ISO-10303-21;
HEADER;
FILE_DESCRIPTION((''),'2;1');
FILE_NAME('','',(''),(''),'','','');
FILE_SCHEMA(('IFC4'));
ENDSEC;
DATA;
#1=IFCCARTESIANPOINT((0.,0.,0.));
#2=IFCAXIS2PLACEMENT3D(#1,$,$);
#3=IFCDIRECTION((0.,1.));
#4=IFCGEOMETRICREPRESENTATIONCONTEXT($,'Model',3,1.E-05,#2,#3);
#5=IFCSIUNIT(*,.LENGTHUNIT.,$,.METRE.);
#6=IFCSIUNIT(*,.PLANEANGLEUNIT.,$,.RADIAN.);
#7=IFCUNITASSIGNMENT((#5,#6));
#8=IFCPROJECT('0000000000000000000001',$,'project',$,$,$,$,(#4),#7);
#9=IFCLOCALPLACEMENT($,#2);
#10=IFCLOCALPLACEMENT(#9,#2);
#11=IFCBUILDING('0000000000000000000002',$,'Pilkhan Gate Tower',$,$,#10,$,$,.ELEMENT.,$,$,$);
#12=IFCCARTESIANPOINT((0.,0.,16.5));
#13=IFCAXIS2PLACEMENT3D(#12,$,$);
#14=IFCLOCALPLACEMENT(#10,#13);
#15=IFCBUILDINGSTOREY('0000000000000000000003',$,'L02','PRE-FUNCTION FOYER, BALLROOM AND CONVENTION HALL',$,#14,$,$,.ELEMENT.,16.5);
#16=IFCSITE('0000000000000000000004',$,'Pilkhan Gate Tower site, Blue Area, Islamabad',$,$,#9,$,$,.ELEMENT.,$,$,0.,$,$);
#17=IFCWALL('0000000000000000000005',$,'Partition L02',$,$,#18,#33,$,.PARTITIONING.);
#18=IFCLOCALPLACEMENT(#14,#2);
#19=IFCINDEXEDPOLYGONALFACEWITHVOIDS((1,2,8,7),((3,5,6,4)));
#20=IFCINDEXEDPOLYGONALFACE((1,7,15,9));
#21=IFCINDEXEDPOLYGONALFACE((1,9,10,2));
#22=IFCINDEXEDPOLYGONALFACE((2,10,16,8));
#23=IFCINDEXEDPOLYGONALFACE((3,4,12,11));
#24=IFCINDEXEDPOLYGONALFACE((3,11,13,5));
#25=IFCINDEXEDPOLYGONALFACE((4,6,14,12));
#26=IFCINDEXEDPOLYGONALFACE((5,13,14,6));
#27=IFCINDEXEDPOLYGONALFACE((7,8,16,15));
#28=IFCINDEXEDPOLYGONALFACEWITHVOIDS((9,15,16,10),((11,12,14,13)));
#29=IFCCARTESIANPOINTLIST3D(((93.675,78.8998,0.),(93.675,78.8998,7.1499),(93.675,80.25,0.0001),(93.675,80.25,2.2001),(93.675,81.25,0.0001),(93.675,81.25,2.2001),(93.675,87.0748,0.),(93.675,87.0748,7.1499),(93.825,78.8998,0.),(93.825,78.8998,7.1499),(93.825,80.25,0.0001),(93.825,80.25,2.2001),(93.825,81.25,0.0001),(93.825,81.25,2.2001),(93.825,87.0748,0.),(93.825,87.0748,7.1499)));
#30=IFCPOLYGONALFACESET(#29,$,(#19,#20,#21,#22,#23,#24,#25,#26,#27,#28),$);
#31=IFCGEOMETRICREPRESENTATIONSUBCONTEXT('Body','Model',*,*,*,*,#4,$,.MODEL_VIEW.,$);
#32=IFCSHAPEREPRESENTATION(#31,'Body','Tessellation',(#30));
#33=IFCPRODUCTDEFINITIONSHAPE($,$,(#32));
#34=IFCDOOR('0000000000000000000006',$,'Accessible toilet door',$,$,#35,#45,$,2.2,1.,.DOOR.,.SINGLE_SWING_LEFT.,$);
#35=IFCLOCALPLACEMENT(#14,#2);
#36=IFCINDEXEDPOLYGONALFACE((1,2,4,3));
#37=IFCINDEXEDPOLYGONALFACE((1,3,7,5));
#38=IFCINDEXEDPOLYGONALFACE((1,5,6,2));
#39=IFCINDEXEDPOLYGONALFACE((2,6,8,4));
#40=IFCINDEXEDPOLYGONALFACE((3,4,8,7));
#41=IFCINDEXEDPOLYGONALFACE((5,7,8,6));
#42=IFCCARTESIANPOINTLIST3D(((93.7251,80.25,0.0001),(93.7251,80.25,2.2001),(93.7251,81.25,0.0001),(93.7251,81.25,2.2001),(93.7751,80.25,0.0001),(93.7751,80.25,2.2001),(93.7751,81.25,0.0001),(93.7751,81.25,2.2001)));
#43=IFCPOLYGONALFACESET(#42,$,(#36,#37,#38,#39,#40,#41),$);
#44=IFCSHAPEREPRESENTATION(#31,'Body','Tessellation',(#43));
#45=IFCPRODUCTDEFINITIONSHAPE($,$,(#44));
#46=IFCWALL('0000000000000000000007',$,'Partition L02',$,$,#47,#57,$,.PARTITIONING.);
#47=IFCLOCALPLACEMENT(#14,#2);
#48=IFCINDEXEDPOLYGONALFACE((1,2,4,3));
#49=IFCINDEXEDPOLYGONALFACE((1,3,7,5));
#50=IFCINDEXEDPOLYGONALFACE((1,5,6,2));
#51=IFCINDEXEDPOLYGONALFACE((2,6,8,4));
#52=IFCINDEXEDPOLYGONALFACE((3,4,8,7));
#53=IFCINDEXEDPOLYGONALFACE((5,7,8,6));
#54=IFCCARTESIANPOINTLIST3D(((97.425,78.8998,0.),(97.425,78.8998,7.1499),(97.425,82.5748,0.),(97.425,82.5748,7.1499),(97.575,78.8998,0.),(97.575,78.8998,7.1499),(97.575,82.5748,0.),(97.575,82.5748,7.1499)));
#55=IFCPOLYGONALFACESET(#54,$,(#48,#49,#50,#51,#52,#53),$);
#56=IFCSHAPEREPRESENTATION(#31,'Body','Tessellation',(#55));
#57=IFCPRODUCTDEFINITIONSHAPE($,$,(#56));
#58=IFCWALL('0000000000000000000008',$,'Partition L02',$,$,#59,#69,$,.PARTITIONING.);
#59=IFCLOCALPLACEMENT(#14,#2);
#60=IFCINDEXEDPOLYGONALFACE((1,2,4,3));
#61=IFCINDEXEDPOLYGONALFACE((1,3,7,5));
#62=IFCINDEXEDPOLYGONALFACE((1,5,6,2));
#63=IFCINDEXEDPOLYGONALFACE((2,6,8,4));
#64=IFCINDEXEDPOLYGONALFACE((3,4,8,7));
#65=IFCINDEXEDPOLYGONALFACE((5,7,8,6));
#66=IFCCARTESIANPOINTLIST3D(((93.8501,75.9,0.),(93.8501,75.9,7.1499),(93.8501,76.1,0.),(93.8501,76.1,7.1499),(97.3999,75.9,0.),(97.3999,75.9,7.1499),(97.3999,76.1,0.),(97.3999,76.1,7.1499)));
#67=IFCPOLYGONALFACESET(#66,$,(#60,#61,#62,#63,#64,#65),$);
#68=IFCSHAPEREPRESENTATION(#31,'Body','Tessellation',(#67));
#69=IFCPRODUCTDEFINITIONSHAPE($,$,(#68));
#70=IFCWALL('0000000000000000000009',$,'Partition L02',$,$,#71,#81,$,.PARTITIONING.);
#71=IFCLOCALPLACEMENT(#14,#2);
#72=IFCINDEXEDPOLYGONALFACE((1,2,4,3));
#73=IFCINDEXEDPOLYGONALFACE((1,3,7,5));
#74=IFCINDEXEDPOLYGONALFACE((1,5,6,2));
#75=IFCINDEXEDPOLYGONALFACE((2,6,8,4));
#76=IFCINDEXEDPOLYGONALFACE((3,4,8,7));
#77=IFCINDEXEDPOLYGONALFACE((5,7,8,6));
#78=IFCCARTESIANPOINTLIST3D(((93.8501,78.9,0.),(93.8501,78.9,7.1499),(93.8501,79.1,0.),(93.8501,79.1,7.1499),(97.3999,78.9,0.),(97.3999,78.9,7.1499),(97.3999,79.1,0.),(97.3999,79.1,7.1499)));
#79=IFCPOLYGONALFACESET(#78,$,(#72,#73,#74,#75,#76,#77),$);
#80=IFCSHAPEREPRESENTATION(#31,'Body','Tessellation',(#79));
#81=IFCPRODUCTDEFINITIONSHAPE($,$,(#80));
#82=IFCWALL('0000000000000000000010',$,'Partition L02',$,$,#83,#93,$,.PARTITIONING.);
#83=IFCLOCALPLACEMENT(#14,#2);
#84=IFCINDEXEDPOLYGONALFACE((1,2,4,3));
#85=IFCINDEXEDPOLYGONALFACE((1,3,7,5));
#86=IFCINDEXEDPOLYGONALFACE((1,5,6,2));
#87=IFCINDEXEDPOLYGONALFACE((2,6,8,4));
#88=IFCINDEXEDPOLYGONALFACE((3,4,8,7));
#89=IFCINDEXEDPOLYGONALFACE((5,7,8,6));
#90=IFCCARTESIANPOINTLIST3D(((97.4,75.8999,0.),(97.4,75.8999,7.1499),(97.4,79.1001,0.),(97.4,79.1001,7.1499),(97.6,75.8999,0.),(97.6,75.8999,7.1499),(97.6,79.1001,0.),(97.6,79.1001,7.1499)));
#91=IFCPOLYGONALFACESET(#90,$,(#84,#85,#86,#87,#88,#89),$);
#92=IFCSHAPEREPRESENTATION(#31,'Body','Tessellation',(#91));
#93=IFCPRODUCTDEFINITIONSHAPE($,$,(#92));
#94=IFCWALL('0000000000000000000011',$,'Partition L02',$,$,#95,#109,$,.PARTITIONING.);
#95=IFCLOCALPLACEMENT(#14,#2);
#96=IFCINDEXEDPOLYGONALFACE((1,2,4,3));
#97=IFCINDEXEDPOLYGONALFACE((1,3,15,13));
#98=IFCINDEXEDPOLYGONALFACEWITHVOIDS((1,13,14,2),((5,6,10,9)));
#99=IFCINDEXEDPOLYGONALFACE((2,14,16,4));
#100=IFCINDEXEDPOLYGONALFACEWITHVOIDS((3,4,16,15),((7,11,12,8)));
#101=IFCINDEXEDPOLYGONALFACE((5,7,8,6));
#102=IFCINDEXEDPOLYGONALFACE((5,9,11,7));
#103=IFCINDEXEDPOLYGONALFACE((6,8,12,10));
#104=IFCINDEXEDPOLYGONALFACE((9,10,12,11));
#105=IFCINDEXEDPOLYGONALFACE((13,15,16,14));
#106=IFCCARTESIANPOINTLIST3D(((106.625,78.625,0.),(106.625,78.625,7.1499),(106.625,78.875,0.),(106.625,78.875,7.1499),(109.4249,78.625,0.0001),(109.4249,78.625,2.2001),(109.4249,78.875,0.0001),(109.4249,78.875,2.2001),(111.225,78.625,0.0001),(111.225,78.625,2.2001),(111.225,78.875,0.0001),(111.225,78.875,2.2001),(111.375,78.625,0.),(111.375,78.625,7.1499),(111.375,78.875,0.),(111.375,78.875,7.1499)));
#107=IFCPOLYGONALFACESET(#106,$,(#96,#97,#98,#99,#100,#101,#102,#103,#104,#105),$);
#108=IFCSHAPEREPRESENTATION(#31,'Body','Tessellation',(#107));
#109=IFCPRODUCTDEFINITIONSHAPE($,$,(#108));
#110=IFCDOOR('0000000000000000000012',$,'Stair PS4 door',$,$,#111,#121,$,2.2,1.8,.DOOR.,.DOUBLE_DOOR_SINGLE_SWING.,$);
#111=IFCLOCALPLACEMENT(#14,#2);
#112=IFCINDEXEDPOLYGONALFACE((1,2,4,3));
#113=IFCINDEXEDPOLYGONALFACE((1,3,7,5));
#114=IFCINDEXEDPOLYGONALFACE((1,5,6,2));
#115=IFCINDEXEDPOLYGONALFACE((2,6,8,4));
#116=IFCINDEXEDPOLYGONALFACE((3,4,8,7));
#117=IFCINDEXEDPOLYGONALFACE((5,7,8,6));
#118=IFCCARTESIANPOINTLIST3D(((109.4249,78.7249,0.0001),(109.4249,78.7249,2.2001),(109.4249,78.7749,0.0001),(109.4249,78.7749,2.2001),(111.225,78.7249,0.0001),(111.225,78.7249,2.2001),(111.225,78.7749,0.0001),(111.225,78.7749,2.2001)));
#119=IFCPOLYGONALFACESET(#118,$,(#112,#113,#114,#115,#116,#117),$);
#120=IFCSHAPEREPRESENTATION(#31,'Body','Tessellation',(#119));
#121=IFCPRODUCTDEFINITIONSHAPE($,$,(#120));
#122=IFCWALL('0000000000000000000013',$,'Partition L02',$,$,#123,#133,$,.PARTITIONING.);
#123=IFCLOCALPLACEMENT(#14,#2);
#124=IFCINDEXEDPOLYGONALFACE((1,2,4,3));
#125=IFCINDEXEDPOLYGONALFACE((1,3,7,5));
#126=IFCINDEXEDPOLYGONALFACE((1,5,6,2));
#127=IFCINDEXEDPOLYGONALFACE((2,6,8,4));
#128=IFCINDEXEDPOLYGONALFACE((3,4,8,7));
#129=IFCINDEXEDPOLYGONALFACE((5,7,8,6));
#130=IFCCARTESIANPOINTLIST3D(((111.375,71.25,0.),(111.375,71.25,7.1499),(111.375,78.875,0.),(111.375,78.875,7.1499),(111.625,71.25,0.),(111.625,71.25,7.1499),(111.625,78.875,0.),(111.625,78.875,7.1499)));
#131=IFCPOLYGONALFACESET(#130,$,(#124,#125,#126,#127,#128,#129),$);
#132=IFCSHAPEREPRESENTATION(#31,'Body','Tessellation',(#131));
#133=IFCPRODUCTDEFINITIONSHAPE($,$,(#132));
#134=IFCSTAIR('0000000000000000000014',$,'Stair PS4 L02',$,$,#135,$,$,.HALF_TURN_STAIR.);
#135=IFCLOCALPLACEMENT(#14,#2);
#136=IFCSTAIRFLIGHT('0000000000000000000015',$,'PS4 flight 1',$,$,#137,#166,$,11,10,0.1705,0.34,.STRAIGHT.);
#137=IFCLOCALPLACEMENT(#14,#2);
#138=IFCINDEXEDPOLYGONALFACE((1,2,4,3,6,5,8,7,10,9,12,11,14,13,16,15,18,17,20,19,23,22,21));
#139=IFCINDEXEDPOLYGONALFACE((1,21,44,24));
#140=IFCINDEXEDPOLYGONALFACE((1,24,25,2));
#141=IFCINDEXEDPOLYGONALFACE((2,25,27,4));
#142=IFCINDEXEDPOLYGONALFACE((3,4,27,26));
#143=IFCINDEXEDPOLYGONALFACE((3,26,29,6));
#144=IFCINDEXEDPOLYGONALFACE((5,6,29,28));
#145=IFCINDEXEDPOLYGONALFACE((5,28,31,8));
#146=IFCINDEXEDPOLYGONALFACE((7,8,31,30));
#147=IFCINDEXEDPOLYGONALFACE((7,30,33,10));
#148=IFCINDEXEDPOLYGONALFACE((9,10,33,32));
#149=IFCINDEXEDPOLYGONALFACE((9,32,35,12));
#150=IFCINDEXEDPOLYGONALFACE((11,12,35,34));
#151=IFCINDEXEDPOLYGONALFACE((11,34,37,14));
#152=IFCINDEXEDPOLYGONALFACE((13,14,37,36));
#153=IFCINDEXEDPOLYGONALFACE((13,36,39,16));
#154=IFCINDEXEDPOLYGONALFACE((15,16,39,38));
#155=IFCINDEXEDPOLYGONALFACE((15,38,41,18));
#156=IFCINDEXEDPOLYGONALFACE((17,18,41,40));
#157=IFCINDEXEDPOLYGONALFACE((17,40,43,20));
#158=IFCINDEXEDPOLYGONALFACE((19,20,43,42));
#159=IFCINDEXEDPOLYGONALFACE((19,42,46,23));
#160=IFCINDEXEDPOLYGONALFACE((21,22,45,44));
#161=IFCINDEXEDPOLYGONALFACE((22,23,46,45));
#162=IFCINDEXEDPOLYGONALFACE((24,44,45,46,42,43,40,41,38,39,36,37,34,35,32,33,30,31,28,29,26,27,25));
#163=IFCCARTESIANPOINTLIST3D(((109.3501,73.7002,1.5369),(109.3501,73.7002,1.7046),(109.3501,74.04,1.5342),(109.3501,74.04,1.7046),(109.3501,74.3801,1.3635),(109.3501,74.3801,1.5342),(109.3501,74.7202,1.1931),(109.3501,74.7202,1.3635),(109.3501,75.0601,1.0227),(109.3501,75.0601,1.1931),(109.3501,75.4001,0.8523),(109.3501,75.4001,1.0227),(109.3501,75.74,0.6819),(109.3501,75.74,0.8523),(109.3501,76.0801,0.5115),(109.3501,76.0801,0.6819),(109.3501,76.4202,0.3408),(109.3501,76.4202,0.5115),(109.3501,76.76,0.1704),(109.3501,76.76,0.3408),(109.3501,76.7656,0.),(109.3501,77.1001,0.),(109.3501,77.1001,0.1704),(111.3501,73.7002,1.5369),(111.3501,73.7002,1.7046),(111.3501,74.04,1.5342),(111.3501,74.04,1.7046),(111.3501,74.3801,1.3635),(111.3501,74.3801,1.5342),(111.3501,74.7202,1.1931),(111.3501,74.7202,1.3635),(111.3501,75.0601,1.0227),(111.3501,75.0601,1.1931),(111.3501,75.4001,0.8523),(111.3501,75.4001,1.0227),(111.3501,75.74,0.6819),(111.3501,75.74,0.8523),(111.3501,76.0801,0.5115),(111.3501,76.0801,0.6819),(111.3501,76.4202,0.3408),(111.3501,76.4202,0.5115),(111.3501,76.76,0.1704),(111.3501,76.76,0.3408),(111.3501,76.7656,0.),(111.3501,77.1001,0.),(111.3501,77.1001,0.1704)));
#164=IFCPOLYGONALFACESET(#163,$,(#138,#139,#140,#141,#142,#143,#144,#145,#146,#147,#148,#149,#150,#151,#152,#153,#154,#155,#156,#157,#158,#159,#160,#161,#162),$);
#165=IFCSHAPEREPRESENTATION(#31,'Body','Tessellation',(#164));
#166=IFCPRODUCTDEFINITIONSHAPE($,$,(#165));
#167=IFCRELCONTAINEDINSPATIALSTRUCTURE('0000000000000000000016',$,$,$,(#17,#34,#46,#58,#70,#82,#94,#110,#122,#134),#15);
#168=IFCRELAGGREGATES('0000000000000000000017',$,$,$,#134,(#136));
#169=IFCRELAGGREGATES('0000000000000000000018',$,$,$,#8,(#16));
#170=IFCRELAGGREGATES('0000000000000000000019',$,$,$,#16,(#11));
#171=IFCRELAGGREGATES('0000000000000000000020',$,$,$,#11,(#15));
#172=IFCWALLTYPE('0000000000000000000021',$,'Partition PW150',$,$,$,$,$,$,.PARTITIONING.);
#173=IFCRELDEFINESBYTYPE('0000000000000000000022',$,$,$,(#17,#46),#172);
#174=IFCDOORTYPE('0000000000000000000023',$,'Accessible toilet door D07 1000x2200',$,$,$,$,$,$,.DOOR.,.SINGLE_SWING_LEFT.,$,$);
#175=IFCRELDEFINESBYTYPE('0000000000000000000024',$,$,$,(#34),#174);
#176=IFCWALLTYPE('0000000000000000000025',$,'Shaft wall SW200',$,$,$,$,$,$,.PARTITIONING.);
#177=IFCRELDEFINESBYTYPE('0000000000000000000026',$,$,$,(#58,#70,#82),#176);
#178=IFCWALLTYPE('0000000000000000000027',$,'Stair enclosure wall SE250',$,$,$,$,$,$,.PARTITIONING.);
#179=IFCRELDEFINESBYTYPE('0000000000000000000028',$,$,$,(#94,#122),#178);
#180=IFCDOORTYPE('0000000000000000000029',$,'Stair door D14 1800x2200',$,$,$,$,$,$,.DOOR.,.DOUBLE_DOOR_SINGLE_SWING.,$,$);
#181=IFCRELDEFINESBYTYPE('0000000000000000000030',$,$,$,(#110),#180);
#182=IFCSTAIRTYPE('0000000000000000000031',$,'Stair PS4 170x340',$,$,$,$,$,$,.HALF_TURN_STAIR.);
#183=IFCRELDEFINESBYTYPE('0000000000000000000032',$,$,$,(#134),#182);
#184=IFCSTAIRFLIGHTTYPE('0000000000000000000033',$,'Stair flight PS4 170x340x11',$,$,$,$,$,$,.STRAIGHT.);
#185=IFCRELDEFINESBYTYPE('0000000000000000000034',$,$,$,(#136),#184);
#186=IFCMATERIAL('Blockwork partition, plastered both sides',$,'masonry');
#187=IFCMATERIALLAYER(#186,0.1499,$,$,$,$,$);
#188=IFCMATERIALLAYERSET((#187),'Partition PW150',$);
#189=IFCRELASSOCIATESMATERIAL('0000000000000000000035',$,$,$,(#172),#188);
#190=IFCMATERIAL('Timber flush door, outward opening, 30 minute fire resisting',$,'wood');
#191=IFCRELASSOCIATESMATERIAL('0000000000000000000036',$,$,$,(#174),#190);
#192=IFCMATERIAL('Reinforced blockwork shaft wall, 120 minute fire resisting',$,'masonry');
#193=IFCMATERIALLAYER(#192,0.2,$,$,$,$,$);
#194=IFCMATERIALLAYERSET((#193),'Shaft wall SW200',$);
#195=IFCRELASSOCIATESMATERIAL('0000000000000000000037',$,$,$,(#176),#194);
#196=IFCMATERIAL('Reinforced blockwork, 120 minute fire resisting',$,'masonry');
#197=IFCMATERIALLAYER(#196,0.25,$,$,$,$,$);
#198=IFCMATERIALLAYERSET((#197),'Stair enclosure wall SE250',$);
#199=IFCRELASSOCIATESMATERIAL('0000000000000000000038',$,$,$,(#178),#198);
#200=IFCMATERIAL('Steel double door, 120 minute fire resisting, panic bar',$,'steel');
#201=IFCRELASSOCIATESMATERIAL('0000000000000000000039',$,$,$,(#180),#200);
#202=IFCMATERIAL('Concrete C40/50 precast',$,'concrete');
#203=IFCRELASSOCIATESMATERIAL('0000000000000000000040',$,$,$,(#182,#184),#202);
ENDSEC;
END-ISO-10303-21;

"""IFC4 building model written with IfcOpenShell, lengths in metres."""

from ifc_helpers import new_model, si_unit, direction, frame, frame_2d, origin, place, context, subcontext, project, spatial, polyline, rectangle, outline, extrude, material, layer, layer_set, type_object, element, fill, aggregate, save


model = new_model("IFC4")

# Units and contexts
model_context = context("Model", 3, precision=1e-05, world=origin(), true_north=direction((0.0, 1.0)))
body_context = subcontext(model_context, "Body", "Model", "MODEL_VIEW")
ifc_project = project(units=[si_unit("LENGTHUNIT", "METRE"), si_unit("PLANEANGLEUNIT", "RADIAN")], contexts=[model_context])

# Site, building, storey
site_placement = place(None, origin())
site = spatial("IfcSite", under=ifc_project, at=site_placement, Name="Pilkhan Gate Tower site, Blue Area, Islamabad", CompositionType="ELEMENT", RefElevation=0.0)
building_placement = place(site_placement, origin())
building = spatial("IfcBuilding", under=site, at=building_placement, Name="Pilkhan Gate Tower", CompositionType="ELEMENT")
storey_placement = place(building_placement, frame((0.0, 0.0, 16.5)))
storey = spatial("IfcBuildingStorey", under=building, at=storey_placement, Name="L02", Description="PRE-FUNCTION FOYER, BALLROOM AND CONVENTION HALL", CompositionType="ELEMENT", Elevation=16.5)

# Wall, opening, door
ifc_material_1 = material(Name="Blockwork partition, plastered both sides", Category="masonry")
ifc_layer_1 = layer(ifc_material_1, 0.1499)
ifc_layer_set_1 = layer_set([ifc_layer_1], Name="Partition PW150")
wall_type_1 = type_object("IfcWallType", Name="Partition PW150", PredefinedType="PARTITIONING", material=ifc_layer_set_1)
wall_1_placement = place(storey_placement, frame((93.75, 78.8999, 0.0), z_axis=(0.0, 0.0, 1.0), x_axis=(0.0, 1.0, 0.0)))
wall_1 = element("IfcWall", 1, at=wall_1_placement, inside=storey, type_object=wall_type_1, Name="Partition L02", PredefinedType="PARTITIONING", context=body_context, shape_type="SweptSolid", body=[
    extrude(rectangle(XDim=8.175, YDim=0.1499, at=frame_2d((4.0874, 0.0))), origin(), (0.0, 0.0, 1.0), 7.1499),
])
opening_1_placement = place(wall_1_placement, frame((1.3501, 0.0, 0.0)))
opening_1 = element("IfcOpeningElement", 2, at=opening_1_placement, cuts=wall_1, PredefinedType="OPENING", context=body_context, shape_type="SweptSolid", body=[
    extrude(rectangle(XDim=1.0, YDim=2.2, at=frame_2d((0.5, 1.1001))), frame((0.0, 0.085, 0.0), z_axis=(0.0, -1.0, 0.0), x_axis=(1.0, 0.0, 0.0)), (0.0, 0.0, 1.0), 0.1699),
])
ifc_material_2 = material(Name="Timber flush door, outward opening, 30 minute fire resisting", Category="wood")
door_type_1 = type_object("IfcDoorType", Name="Accessible toilet door D07 1000x2200", OperationType="SINGLE_SWING_LEFT", PredefinedType="DOOR", material=ifc_material_2)
door_1_placement = place(opening_1_placement, origin())
door_1 = element("IfcDoor", 3, at=door_1_placement, inside=storey, type_object=door_type_1, Name="Accessible toilet door", OperationType="SINGLE_SWING_LEFT", OverallHeight=2.2, OverallWidth=1.0, PredefinedType="DOOR", context=body_context, shape_type="SweptSolid", body=[
    extrude(rectangle(XDim=1.0, YDim=2.2, at=frame_2d((0.5, 1.1001))), frame((0.0, 0.0249, 0.0), z_axis=(0.0, -1.0, 0.0), x_axis=(1.0, 0.0, 0.0)), (0.0, 0.0, 1.0), 0.05),
])
fill(opening_1, door_1)

# Walls
wall_2_placement = place(storey_placement, frame((97.5, 78.8999, 0.0), z_axis=(0.0, 0.0, 1.0), x_axis=(0.0, 1.0, 0.0)))
element("IfcWall", 4, at=wall_2_placement, inside=storey, type_object=wall_type_1, Name="Partition L02", PredefinedType="PARTITIONING", context=body_context, shape_type="SweptSolid", body=[
    extrude(rectangle(XDim=3.675, YDim=0.1499, at=frame_2d((1.8374, 0.0))), origin(), (0.0, 0.0, 1.0), 7.1499),
])
ifc_material_3 = material(Name="Reinforced blockwork shaft wall, 120 minute fire resisting", Category="masonry")
ifc_layer_2 = layer(ifc_material_3, 0.2)
ifc_layer_set_2 = layer_set([ifc_layer_2], Name="Shaft wall SW200")
wall_type_2 = type_object("IfcWallType", Name="Shaft wall SW200", PredefinedType="PARTITIONING", material=ifc_layer_set_2)
for number, where, z_axis, x_axis, name in (
    (5, (93.8501, 76.0, 0.0), (0.0, 0.0, 1.0), (1.0, 0.0, 0.0), "Partition L02"),
    (6, (93.8501, 79.0, 0.0), (0.0, 0.0, 1.0), (1.0, 0.0, 0.0), "Partition L02"),
):
    element("IfcWall", number, at=place(storey_placement, frame(where, z_axis=z_axis, x_axis=x_axis)), inside=storey, type_object=wall_type_2, Name=name, PredefinedType="PARTITIONING", context=body_context, shape_type="SweptSolid", body=[
        extrude(rectangle(XDim=3.5498, YDim=0.2, at=frame_2d((1.7749, 0.0))), origin(), (0.0, 0.0, 1.0), 7.1499),
    ])
wall_3_placement = place(storey_placement, frame((97.5, 75.8999, 0.0), z_axis=(0.0, 0.0, 1.0), x_axis=(0.0, 1.0, 0.0)))
element("IfcWall", 7, at=wall_3_placement, inside=storey, type_object=wall_type_2, Name="Partition L02", PredefinedType="PARTITIONING", context=body_context, shape_type="SweptSolid", body=[
    extrude(rectangle(XDim=3.2002, YDim=0.2, at=frame_2d((1.6001, 0.0))), origin(), (0.0, 0.0, 1.0), 7.1499),
])

# Wall, opening, door
ifc_material_4 = material(Name="Reinforced blockwork, 120 minute fire resisting", Category="masonry")
ifc_layer_3 = layer(ifc_material_4, 0.25)
ifc_layer_set_3 = layer_set([ifc_layer_3], Name="Stair enclosure wall SE250")
wall_type_3 = type_object("IfcWallType", Name="Stair enclosure wall SE250", PredefinedType="PARTITIONING", material=ifc_layer_set_3)
wall_4_placement = place(storey_placement, frame((106.625, 78.75, 0.0), z_axis=(0.0, 0.0, 1.0), x_axis=(1.0, 0.0, 0.0)))
wall_4 = element("IfcWall", 8, at=wall_4_placement, inside=storey, type_object=wall_type_3, Name="Partition L02", PredefinedType="PARTITIONING", context=body_context, shape_type="SweptSolid", body=[
    extrude(rectangle(XDim=4.75, YDim=0.25, at=frame_2d((2.375, 0.0))), origin(), (0.0, 0.0, 1.0), 7.1499),
])
opening_2_placement = place(wall_4_placement, frame((2.8, 0.0, 0.0)))
opening_2 = element("IfcOpeningElement", 9, at=opening_2_placement, cuts=wall_4, PredefinedType="OPENING", context=body_context, shape_type="SweptSolid", body=[
    extrude(rectangle(XDim=1.8, YDim=2.2, at=frame_2d((0.8999, 1.1001))), frame((0.0, 0.135, 0.0), z_axis=(0.0, -1.0, 0.0), x_axis=(1.0, 0.0, 0.0)), (0.0, 0.0, 1.0), 0.27),
])
ifc_material_5 = material(Name="Steel double door, 120 minute fire resisting, panic bar", Category="steel")
door_type_2 = type_object("IfcDoorType", Name="Stair door D14 1800x2200", OperationType="DOUBLE_DOOR_SINGLE_SWING", PredefinedType="DOOR", material=ifc_material_5)
door_2_placement = place(opening_2_placement, origin())
door_2 = element("IfcDoor", 10, at=door_2_placement, inside=storey, type_object=door_type_2, Name="Stair PS4 door", OperationType="DOUBLE_DOOR_SINGLE_SWING", OverallHeight=2.2, OverallWidth=1.8, PredefinedType="DOOR", context=body_context, shape_type="SweptSolid", body=[
    extrude(rectangle(XDim=1.8, YDim=2.2, at=frame_2d((0.8999, 1.1001))), frame((0.0, 0.0249, 0.0), z_axis=(0.0, -1.0, 0.0), x_axis=(1.0, 0.0, 0.0)), (0.0, 0.0, 1.0), 0.05),
])
fill(opening_2, door_2)

# Wall
wall_5_placement = place(storey_placement, frame((111.5, 71.25, 0.0), z_axis=(0.0, 0.0, 1.0), x_axis=(0.0, 1.0, 0.0)))
element("IfcWall", 11, at=wall_5_placement, inside=storey, type_object=wall_type_3, Name="Partition L02", PredefinedType="PARTITIONING", context=body_context, shape_type="SweptSolid", body=[
    extrude(rectangle(XDim=7.625, YDim=0.25, at=frame_2d((3.8125, 0.0))), origin(), (0.0, 0.0, 1.0), 7.1499),
])

# Stair, stair flight
ifc_material_6 = material(Name="Concrete C40/50 precast", Category="concrete")
stair_type = type_object("IfcStairType", Name="Stair PS4 170x340", PredefinedType="HALF_TURN_STAIR", material=ifc_material_6)
stair_placement = place(storey_placement, origin())
stair = element("IfcStair", 12, at=stair_placement, inside=storey, type_object=stair_type, Name="Stair PS4 L02", PredefinedType="HALF_TURN_STAIR")
stair_flight_type = type_object("IfcStairFlightType", Name="Stair flight PS4 170x340x11", PredefinedType="STRAIGHT", material=ifc_material_6)
stair_flight_1_placement = place(storey_placement, frame((110.3501, 77.1001, 0.0), z_axis=(0.0, 0.0, 1.0), x_axis=(0.0, -1.0, 0.0)))
stair_flight_1 = element("IfcStairFlight", 13, at=stair_flight_1_placement, type_object=stair_flight_type, Name="PS4 flight 1", NumberOfRisers=11, NumberOfTreads=10, PredefinedType="STRAIGHT", RiserHeight=0.1705, TreadLength=0.34, context=body_context, shape_type="SweptSolid", body=[
    extrude(outline(polyline([(0.0, 0.0), (0.0, 0.1704), (0.3401, 0.1704), (0.3401, 0.3408), (0.6799, 0.3408), (0.6799, 0.5115), (1.02, 0.5115), (1.02, 0.6819), (1.3601, 0.6819), (1.3601, 0.8523), (1.7, 0.8523), (1.7, 1.0227), (2.04, 1.0227), (2.04, 1.1931), (2.3799, 1.1931), (2.3799, 1.3635), (2.72, 1.3635), (2.72, 1.5342), (3.0601, 1.5342), (3.0601, 1.7046), (3.3999, 1.7046), (3.3999, 1.875), (3.3999, 1.5369), (0.3345, 0.0), (0.0, 0.0)])), frame((0.0, 1.0, 0.0), z_axis=(0.0, -1.0, 0.0), x_axis=(1.0, 0.0, 0.0)), (0.0, 0.0, 1.0), 2.0),
])
aggregate(stair, [stair_flight_1])

save(model, "model.ifc")
